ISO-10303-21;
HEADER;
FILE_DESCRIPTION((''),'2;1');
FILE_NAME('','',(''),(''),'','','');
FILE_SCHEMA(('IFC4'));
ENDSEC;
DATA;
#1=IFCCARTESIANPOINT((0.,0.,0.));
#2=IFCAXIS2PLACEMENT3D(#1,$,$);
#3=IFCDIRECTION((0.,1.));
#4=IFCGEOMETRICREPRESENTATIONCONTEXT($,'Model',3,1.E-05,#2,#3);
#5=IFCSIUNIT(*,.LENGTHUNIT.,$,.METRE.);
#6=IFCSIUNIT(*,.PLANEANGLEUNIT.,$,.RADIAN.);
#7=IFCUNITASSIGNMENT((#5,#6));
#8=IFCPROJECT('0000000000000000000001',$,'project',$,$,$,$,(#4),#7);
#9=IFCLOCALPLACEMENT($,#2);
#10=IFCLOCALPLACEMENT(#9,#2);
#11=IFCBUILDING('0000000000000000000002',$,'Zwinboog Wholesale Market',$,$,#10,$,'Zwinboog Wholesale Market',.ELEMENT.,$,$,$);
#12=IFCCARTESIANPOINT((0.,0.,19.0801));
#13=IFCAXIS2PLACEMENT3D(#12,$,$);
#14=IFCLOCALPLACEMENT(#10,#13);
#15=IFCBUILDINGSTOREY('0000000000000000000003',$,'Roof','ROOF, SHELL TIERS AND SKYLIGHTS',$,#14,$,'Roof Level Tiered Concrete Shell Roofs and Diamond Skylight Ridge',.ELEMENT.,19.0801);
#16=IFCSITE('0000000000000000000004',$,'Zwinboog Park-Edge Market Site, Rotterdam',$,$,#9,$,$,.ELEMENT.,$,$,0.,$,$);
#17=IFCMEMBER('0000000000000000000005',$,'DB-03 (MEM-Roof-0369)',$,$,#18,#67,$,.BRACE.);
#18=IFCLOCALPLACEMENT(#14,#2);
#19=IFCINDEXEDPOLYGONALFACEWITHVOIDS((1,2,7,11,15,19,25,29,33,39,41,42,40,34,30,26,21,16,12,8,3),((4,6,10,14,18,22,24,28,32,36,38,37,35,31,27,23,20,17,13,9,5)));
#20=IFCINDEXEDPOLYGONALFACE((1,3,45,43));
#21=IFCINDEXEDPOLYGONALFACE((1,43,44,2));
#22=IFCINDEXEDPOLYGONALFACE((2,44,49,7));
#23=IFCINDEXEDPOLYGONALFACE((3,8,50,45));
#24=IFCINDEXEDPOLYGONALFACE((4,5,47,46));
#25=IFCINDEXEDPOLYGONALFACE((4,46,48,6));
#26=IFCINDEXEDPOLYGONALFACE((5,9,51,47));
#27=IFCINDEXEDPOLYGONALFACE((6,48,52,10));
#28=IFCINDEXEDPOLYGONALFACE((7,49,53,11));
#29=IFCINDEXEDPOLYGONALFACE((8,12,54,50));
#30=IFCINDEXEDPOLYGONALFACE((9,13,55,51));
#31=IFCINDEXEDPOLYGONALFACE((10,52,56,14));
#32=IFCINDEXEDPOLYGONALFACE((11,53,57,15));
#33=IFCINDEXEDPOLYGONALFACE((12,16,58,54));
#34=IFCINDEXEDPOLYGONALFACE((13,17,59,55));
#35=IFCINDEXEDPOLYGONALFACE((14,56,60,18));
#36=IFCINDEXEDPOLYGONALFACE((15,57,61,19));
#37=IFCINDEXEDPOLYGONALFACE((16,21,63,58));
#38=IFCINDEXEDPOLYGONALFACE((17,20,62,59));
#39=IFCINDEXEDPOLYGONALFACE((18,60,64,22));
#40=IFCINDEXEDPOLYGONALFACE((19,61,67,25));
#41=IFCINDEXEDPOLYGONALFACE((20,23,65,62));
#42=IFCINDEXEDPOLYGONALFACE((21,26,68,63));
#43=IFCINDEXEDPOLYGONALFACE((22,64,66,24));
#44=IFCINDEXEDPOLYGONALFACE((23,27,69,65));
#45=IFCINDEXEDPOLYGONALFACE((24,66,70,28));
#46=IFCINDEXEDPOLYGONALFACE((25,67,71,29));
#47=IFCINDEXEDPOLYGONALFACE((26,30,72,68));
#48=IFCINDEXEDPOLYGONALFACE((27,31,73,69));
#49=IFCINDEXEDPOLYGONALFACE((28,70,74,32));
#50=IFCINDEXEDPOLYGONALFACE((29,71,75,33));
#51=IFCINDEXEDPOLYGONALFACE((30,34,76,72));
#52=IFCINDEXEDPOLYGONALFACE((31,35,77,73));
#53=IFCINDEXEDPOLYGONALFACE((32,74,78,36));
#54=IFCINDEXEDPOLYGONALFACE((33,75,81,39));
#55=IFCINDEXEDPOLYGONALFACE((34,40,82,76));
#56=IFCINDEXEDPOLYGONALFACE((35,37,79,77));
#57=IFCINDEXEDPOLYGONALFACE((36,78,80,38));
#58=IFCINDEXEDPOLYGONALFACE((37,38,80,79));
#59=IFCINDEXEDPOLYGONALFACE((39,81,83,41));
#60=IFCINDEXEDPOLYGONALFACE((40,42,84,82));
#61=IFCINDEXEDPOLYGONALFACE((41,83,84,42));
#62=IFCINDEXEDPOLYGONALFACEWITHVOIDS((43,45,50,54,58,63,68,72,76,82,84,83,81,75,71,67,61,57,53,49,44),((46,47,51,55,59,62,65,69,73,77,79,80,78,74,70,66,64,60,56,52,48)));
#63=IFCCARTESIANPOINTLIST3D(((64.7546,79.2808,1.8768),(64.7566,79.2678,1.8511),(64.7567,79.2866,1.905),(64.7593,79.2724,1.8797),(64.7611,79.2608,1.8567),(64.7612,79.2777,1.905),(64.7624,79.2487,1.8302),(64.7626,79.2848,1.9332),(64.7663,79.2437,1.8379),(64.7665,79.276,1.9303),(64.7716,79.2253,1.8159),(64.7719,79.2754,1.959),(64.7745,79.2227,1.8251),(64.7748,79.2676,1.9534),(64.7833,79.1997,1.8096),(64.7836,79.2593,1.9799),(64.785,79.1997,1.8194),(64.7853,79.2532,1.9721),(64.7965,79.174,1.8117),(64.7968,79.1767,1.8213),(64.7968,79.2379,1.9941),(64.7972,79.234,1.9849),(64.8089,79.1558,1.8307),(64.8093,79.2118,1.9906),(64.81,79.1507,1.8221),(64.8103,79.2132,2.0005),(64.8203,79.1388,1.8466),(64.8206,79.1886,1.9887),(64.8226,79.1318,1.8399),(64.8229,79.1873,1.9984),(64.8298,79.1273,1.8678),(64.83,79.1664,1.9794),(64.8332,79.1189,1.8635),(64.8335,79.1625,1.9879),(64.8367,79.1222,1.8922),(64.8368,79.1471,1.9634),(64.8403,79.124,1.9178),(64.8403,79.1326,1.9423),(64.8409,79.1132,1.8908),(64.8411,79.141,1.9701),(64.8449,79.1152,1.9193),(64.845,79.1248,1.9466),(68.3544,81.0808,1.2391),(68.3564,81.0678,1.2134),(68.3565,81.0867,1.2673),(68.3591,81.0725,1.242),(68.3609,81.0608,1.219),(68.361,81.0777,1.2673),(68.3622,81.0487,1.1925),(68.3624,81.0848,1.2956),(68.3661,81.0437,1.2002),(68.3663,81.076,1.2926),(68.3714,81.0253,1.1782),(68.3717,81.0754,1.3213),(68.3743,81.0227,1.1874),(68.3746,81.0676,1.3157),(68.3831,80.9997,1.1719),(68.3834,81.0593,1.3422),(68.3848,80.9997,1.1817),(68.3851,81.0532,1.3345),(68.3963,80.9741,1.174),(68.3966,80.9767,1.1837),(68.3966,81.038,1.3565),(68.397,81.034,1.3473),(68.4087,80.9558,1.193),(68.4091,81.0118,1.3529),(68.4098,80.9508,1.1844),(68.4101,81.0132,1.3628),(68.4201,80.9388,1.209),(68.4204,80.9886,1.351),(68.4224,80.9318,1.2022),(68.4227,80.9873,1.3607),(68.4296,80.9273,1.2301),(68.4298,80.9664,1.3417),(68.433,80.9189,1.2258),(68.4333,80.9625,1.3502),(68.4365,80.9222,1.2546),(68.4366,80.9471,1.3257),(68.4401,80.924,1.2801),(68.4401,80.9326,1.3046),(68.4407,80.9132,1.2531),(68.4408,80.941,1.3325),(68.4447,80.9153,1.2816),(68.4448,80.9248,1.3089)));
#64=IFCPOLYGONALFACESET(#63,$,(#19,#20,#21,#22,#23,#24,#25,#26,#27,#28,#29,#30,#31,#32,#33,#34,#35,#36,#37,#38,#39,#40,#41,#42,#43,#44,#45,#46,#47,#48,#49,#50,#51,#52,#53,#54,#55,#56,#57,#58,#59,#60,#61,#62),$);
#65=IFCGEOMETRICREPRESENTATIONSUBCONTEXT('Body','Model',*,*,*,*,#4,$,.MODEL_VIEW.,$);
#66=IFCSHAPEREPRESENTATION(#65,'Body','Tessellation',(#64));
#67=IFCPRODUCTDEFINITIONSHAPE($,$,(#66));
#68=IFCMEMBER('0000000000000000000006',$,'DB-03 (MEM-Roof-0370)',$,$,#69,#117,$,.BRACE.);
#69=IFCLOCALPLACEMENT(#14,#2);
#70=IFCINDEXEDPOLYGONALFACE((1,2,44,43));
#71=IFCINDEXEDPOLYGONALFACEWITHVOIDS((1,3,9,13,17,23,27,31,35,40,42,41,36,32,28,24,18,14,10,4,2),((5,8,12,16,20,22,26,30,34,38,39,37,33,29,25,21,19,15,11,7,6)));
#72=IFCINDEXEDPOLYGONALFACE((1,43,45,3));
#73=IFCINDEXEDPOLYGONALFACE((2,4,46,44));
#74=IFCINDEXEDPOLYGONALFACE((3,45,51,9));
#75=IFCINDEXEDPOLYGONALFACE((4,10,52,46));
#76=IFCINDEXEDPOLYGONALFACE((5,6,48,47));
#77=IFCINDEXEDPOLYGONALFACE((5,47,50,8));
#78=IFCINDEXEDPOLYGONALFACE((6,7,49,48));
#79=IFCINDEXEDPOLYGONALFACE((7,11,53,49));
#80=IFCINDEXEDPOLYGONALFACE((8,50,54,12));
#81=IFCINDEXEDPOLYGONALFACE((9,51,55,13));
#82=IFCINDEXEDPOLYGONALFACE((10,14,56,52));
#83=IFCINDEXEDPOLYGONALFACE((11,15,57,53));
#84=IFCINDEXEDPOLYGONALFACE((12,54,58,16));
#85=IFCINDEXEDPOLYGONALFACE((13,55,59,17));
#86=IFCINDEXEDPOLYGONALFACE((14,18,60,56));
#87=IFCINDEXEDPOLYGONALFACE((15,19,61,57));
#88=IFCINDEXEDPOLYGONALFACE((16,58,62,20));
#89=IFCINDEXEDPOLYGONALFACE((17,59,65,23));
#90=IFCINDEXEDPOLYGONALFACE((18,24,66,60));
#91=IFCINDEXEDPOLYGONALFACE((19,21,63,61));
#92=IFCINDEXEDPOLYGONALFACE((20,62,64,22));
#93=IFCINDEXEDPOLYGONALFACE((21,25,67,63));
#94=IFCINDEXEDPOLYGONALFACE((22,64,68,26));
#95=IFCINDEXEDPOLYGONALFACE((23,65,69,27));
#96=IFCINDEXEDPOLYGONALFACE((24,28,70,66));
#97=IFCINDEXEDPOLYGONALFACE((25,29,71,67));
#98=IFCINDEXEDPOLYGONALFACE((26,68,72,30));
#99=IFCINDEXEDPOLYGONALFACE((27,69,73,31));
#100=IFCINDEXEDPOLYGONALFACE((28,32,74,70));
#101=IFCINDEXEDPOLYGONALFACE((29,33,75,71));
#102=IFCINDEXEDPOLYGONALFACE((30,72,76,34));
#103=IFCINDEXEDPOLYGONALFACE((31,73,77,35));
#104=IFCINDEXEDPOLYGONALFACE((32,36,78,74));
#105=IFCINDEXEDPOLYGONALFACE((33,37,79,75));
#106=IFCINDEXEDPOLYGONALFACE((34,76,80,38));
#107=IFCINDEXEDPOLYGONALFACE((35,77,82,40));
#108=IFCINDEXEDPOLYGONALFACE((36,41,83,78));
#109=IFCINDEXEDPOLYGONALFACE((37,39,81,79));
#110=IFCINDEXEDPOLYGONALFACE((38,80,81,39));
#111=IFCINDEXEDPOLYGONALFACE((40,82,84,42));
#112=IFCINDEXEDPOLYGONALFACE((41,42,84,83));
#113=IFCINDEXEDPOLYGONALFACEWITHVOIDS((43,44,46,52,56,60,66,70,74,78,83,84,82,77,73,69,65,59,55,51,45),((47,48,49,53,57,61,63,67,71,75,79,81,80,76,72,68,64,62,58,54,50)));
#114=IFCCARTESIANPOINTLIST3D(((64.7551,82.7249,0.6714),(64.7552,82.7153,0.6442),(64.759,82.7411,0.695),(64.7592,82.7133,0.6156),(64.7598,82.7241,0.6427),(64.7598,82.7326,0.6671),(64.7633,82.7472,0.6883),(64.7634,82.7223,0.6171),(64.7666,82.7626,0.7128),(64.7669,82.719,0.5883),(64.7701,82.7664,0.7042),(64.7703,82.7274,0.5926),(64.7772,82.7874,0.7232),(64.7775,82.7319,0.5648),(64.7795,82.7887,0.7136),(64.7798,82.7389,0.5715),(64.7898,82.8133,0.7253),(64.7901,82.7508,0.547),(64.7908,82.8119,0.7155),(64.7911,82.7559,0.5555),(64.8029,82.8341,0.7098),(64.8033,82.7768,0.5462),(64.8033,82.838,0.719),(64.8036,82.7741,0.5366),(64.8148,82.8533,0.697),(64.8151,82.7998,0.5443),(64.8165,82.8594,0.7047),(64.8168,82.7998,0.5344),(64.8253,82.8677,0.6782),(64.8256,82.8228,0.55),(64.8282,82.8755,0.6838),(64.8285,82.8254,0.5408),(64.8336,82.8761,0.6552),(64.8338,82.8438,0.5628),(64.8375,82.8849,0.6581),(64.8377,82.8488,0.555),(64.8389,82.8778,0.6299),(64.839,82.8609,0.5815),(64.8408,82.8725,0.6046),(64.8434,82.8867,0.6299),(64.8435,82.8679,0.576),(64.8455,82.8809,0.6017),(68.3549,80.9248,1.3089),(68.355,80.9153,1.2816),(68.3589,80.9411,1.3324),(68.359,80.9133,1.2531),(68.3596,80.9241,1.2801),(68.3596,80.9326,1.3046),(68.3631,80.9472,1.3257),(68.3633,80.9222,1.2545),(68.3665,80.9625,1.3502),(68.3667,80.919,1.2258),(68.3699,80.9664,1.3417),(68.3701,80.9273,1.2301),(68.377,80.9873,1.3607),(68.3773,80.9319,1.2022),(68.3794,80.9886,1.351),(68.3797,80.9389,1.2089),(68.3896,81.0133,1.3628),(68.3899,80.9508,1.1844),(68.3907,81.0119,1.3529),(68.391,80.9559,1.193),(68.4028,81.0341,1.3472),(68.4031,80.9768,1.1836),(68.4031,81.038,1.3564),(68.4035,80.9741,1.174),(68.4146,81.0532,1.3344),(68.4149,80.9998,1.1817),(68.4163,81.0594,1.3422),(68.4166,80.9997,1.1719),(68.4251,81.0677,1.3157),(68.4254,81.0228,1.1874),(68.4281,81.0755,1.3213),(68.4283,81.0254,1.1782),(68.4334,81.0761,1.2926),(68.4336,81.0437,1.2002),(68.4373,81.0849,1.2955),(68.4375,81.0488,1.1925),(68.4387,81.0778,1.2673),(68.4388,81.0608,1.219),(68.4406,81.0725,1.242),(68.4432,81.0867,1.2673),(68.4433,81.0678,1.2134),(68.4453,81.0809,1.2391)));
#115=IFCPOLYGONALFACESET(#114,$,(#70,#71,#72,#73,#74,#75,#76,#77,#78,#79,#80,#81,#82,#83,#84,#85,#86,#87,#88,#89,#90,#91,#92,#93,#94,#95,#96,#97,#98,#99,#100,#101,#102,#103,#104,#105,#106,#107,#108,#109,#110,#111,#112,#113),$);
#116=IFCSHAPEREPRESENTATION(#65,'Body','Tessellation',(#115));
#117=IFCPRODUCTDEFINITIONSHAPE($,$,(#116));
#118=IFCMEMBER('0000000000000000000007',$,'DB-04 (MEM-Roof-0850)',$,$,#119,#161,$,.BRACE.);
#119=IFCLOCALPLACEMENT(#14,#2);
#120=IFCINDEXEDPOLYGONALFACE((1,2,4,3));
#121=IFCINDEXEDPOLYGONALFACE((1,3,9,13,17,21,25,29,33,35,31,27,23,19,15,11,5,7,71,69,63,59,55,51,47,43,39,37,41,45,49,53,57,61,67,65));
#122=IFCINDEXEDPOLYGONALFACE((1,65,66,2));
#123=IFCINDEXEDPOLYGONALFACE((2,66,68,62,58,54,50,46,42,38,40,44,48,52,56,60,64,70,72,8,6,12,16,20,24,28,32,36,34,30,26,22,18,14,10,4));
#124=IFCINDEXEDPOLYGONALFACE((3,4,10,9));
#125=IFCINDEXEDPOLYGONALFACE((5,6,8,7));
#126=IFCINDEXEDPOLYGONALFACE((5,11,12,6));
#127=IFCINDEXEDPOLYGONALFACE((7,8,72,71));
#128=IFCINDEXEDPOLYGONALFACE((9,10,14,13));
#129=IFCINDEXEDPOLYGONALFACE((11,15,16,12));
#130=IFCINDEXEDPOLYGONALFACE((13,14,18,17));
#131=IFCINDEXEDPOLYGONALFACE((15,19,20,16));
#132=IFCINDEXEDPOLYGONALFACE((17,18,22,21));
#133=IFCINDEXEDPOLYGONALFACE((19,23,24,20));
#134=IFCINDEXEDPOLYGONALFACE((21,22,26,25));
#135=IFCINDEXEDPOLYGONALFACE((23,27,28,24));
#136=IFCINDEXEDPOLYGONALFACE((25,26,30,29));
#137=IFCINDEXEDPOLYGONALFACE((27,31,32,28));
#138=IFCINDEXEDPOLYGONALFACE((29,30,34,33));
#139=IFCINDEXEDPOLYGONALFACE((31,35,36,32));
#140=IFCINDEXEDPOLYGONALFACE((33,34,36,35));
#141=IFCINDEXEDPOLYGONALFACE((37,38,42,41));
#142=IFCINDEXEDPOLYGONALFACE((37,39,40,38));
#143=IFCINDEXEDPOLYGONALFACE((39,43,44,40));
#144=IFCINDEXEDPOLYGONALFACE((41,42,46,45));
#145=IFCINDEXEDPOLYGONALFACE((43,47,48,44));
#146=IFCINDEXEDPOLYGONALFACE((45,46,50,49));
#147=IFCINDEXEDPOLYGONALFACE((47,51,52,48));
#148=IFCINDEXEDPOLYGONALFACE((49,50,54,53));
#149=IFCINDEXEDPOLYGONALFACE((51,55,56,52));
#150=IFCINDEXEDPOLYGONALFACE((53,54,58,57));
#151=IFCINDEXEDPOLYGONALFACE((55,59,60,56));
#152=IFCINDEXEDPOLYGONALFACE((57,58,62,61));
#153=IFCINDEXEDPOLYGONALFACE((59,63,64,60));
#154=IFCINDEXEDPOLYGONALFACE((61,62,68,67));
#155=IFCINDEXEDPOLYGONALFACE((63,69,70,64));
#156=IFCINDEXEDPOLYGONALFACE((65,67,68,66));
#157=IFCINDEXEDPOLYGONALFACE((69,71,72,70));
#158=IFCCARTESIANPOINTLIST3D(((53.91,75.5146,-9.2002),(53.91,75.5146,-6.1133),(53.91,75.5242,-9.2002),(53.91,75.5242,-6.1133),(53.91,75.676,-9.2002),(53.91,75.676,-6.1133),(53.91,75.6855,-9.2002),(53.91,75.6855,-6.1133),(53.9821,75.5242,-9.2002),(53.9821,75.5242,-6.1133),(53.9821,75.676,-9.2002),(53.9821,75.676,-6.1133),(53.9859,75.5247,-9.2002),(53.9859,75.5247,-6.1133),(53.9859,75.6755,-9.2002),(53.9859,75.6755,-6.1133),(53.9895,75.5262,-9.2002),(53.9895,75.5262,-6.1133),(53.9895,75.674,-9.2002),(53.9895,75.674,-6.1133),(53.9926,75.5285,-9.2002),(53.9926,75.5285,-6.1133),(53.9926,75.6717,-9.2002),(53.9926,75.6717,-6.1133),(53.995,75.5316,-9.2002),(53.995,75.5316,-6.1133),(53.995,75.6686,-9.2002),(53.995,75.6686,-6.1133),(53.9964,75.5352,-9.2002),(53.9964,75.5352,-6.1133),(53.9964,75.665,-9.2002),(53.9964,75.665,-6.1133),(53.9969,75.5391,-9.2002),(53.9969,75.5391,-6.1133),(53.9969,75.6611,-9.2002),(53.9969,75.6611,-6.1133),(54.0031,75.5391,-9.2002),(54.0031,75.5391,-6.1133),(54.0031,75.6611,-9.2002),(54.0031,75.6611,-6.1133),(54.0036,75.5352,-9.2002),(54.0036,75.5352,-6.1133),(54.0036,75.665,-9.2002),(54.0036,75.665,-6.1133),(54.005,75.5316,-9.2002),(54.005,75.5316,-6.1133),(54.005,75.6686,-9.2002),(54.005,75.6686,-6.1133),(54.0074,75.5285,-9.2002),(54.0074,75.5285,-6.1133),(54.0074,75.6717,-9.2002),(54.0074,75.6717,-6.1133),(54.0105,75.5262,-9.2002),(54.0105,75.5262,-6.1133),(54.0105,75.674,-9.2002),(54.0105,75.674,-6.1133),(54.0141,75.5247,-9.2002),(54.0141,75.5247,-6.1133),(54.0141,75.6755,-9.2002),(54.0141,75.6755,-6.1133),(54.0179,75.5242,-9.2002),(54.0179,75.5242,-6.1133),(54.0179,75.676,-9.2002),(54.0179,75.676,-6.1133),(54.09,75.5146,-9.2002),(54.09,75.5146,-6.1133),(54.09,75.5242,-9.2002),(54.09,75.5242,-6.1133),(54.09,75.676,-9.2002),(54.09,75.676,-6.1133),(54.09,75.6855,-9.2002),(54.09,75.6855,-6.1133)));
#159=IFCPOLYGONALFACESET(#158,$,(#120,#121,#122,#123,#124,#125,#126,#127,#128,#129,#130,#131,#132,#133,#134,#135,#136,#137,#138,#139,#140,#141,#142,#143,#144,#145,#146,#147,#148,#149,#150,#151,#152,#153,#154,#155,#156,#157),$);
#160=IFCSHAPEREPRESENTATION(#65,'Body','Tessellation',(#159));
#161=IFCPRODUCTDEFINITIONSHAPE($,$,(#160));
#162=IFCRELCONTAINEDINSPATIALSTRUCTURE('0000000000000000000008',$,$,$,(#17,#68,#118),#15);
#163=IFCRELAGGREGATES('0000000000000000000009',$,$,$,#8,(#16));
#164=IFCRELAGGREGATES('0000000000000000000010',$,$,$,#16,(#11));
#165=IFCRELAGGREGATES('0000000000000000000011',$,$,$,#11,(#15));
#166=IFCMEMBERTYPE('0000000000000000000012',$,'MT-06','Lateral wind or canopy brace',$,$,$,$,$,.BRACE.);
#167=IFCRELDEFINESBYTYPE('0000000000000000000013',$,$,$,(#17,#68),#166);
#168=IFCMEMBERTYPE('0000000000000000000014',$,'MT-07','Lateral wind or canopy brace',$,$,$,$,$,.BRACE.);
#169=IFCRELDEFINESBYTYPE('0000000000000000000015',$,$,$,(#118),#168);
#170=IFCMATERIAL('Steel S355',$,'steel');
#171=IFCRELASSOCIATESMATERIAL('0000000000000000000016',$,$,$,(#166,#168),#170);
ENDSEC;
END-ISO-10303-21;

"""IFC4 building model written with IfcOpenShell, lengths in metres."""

from ifc_helpers import new_model, si_unit, direction, frame, origin, origin_2d, place, context, subcontext, project, spatial, hollow_circle, i_section, extrude, material, material_profile, profile_set, type_object, element, save


model = new_model("IFC4")

# Units and contexts
model_context = context("Model", 3, precision=1e-05, world=origin(), true_north=direction((0.0, 1.0)))
body_context = subcontext(model_context, "Body", "Model", "MODEL_VIEW")
ifc_project = project(units=[si_unit("LENGTHUNIT", "METRE"), si_unit("PLANEANGLEUNIT", "RADIAN")], contexts=[model_context])

# Site, building, storey
site_placement = place(None, origin())
site = spatial("IfcSite", under=ifc_project, at=site_placement, Name="Zwinboog Park-Edge Market Site, Rotterdam", CompositionType="ELEMENT", RefElevation=0.0)
building_placement = place(site_placement, origin())
building = spatial("IfcBuilding", under=site, at=building_placement, Name="Zwinboog Wholesale Market", LongName="Zwinboog Wholesale Market", CompositionType="ELEMENT")
storey_placement = place(building_placement, frame((0.0, 0.0, 19.0801)))
storey = spatial("IfcBuildingStorey", under=building, at=storey_placement, Name="Roof", Description="ROOF, SHELL TIERS AND SKYLIGHTS", LongName="Roof Level Tiered Concrete Shell Roofs and Diamond Skylight Ridge", CompositionType="ELEMENT", Elevation=19.0801)

# Members
ifc_material_1 = material(Name="Steel S355", Category="steel")
ifc_material_profile_1 = material_profile(ifc_material_1, hollow_circle(Radius=0.0969, WallThickness=0.01, at=origin_2d()), Name="CHS 193.7x10")
ifc_profile_set_1 = profile_set([ifc_material_profile_1], Name="Steel S355")
member_type_1 = type_object("IfcMemberType", Name="MT-06", Description="Lateral wind or canopy brace", PredefinedType="BRACE", material=ifc_profile_set_1)
for number, where, z_axis, x_axis, name in (
    (1, (64.8, 79.2, 1.905), (0.883396, 0.441728, -0.156489), (-0.447238, 0.894415, 0.0), "DB-03 (MEM-Roof-0369)"),
    (2, (64.8, 82.8, 0.6299), (0.883404, -0.441732, 0.15643), (0.447238, 0.894415, 0.0), "DB-03 (MEM-Roof-0370)"),
):
    element("IfcMember", number, at=place(storey_placement, frame(where, z_axis=z_axis, x_axis=x_axis)), inside=storey, type_object=member_type_1, Name=name, PredefinedType="BRACE", context=body_context, shape_type="SweptSolid", body=[
        extrude(hollow_circle(Radius=0.0969, WallThickness=0.01, at=origin_2d()), origin(), (0.0, 0.0, 1.0), 4.075),
    ])
ifc_material_profile_2 = material_profile(ifc_material_1, i_section(OverallWidth=0.1799, OverallDepth=0.1709, WebThickness=0.0061, FlangeThickness=0.0095, FilletRadius=0.0149, at=origin_2d()), Name="HEA 180")
ifc_profile_set_2 = profile_set([ifc_material_profile_2], Name="Steel S355")
member_type_2 = type_object("IfcMemberType", Name="MT-07", Description="Lateral wind or canopy brace", PredefinedType="BRACE", material=ifc_profile_set_2)
member_1_placement = place(storey_placement, frame((54.0, 75.6001, -9.2002), z_axis=(0.0, 0.0, 1.0), x_axis=(1.0, 0.0, 0.0)))
element("IfcMember", 3, at=member_1_placement, inside=storey, type_object=member_type_2, Name="DB-04 (MEM-Roof-0850)", PredefinedType="BRACE", context=body_context, shape_type="SweptSolid", body=[
    extrude(i_section(OverallWidth=0.1799, OverallDepth=0.1709, WebThickness=0.0061, FlangeThickness=0.0095, FilletRadius=0.0149, at=origin_2d()), origin(), (0.0, 0.0, 1.0), 3.0869),
])

save(model, "model.ifc")
